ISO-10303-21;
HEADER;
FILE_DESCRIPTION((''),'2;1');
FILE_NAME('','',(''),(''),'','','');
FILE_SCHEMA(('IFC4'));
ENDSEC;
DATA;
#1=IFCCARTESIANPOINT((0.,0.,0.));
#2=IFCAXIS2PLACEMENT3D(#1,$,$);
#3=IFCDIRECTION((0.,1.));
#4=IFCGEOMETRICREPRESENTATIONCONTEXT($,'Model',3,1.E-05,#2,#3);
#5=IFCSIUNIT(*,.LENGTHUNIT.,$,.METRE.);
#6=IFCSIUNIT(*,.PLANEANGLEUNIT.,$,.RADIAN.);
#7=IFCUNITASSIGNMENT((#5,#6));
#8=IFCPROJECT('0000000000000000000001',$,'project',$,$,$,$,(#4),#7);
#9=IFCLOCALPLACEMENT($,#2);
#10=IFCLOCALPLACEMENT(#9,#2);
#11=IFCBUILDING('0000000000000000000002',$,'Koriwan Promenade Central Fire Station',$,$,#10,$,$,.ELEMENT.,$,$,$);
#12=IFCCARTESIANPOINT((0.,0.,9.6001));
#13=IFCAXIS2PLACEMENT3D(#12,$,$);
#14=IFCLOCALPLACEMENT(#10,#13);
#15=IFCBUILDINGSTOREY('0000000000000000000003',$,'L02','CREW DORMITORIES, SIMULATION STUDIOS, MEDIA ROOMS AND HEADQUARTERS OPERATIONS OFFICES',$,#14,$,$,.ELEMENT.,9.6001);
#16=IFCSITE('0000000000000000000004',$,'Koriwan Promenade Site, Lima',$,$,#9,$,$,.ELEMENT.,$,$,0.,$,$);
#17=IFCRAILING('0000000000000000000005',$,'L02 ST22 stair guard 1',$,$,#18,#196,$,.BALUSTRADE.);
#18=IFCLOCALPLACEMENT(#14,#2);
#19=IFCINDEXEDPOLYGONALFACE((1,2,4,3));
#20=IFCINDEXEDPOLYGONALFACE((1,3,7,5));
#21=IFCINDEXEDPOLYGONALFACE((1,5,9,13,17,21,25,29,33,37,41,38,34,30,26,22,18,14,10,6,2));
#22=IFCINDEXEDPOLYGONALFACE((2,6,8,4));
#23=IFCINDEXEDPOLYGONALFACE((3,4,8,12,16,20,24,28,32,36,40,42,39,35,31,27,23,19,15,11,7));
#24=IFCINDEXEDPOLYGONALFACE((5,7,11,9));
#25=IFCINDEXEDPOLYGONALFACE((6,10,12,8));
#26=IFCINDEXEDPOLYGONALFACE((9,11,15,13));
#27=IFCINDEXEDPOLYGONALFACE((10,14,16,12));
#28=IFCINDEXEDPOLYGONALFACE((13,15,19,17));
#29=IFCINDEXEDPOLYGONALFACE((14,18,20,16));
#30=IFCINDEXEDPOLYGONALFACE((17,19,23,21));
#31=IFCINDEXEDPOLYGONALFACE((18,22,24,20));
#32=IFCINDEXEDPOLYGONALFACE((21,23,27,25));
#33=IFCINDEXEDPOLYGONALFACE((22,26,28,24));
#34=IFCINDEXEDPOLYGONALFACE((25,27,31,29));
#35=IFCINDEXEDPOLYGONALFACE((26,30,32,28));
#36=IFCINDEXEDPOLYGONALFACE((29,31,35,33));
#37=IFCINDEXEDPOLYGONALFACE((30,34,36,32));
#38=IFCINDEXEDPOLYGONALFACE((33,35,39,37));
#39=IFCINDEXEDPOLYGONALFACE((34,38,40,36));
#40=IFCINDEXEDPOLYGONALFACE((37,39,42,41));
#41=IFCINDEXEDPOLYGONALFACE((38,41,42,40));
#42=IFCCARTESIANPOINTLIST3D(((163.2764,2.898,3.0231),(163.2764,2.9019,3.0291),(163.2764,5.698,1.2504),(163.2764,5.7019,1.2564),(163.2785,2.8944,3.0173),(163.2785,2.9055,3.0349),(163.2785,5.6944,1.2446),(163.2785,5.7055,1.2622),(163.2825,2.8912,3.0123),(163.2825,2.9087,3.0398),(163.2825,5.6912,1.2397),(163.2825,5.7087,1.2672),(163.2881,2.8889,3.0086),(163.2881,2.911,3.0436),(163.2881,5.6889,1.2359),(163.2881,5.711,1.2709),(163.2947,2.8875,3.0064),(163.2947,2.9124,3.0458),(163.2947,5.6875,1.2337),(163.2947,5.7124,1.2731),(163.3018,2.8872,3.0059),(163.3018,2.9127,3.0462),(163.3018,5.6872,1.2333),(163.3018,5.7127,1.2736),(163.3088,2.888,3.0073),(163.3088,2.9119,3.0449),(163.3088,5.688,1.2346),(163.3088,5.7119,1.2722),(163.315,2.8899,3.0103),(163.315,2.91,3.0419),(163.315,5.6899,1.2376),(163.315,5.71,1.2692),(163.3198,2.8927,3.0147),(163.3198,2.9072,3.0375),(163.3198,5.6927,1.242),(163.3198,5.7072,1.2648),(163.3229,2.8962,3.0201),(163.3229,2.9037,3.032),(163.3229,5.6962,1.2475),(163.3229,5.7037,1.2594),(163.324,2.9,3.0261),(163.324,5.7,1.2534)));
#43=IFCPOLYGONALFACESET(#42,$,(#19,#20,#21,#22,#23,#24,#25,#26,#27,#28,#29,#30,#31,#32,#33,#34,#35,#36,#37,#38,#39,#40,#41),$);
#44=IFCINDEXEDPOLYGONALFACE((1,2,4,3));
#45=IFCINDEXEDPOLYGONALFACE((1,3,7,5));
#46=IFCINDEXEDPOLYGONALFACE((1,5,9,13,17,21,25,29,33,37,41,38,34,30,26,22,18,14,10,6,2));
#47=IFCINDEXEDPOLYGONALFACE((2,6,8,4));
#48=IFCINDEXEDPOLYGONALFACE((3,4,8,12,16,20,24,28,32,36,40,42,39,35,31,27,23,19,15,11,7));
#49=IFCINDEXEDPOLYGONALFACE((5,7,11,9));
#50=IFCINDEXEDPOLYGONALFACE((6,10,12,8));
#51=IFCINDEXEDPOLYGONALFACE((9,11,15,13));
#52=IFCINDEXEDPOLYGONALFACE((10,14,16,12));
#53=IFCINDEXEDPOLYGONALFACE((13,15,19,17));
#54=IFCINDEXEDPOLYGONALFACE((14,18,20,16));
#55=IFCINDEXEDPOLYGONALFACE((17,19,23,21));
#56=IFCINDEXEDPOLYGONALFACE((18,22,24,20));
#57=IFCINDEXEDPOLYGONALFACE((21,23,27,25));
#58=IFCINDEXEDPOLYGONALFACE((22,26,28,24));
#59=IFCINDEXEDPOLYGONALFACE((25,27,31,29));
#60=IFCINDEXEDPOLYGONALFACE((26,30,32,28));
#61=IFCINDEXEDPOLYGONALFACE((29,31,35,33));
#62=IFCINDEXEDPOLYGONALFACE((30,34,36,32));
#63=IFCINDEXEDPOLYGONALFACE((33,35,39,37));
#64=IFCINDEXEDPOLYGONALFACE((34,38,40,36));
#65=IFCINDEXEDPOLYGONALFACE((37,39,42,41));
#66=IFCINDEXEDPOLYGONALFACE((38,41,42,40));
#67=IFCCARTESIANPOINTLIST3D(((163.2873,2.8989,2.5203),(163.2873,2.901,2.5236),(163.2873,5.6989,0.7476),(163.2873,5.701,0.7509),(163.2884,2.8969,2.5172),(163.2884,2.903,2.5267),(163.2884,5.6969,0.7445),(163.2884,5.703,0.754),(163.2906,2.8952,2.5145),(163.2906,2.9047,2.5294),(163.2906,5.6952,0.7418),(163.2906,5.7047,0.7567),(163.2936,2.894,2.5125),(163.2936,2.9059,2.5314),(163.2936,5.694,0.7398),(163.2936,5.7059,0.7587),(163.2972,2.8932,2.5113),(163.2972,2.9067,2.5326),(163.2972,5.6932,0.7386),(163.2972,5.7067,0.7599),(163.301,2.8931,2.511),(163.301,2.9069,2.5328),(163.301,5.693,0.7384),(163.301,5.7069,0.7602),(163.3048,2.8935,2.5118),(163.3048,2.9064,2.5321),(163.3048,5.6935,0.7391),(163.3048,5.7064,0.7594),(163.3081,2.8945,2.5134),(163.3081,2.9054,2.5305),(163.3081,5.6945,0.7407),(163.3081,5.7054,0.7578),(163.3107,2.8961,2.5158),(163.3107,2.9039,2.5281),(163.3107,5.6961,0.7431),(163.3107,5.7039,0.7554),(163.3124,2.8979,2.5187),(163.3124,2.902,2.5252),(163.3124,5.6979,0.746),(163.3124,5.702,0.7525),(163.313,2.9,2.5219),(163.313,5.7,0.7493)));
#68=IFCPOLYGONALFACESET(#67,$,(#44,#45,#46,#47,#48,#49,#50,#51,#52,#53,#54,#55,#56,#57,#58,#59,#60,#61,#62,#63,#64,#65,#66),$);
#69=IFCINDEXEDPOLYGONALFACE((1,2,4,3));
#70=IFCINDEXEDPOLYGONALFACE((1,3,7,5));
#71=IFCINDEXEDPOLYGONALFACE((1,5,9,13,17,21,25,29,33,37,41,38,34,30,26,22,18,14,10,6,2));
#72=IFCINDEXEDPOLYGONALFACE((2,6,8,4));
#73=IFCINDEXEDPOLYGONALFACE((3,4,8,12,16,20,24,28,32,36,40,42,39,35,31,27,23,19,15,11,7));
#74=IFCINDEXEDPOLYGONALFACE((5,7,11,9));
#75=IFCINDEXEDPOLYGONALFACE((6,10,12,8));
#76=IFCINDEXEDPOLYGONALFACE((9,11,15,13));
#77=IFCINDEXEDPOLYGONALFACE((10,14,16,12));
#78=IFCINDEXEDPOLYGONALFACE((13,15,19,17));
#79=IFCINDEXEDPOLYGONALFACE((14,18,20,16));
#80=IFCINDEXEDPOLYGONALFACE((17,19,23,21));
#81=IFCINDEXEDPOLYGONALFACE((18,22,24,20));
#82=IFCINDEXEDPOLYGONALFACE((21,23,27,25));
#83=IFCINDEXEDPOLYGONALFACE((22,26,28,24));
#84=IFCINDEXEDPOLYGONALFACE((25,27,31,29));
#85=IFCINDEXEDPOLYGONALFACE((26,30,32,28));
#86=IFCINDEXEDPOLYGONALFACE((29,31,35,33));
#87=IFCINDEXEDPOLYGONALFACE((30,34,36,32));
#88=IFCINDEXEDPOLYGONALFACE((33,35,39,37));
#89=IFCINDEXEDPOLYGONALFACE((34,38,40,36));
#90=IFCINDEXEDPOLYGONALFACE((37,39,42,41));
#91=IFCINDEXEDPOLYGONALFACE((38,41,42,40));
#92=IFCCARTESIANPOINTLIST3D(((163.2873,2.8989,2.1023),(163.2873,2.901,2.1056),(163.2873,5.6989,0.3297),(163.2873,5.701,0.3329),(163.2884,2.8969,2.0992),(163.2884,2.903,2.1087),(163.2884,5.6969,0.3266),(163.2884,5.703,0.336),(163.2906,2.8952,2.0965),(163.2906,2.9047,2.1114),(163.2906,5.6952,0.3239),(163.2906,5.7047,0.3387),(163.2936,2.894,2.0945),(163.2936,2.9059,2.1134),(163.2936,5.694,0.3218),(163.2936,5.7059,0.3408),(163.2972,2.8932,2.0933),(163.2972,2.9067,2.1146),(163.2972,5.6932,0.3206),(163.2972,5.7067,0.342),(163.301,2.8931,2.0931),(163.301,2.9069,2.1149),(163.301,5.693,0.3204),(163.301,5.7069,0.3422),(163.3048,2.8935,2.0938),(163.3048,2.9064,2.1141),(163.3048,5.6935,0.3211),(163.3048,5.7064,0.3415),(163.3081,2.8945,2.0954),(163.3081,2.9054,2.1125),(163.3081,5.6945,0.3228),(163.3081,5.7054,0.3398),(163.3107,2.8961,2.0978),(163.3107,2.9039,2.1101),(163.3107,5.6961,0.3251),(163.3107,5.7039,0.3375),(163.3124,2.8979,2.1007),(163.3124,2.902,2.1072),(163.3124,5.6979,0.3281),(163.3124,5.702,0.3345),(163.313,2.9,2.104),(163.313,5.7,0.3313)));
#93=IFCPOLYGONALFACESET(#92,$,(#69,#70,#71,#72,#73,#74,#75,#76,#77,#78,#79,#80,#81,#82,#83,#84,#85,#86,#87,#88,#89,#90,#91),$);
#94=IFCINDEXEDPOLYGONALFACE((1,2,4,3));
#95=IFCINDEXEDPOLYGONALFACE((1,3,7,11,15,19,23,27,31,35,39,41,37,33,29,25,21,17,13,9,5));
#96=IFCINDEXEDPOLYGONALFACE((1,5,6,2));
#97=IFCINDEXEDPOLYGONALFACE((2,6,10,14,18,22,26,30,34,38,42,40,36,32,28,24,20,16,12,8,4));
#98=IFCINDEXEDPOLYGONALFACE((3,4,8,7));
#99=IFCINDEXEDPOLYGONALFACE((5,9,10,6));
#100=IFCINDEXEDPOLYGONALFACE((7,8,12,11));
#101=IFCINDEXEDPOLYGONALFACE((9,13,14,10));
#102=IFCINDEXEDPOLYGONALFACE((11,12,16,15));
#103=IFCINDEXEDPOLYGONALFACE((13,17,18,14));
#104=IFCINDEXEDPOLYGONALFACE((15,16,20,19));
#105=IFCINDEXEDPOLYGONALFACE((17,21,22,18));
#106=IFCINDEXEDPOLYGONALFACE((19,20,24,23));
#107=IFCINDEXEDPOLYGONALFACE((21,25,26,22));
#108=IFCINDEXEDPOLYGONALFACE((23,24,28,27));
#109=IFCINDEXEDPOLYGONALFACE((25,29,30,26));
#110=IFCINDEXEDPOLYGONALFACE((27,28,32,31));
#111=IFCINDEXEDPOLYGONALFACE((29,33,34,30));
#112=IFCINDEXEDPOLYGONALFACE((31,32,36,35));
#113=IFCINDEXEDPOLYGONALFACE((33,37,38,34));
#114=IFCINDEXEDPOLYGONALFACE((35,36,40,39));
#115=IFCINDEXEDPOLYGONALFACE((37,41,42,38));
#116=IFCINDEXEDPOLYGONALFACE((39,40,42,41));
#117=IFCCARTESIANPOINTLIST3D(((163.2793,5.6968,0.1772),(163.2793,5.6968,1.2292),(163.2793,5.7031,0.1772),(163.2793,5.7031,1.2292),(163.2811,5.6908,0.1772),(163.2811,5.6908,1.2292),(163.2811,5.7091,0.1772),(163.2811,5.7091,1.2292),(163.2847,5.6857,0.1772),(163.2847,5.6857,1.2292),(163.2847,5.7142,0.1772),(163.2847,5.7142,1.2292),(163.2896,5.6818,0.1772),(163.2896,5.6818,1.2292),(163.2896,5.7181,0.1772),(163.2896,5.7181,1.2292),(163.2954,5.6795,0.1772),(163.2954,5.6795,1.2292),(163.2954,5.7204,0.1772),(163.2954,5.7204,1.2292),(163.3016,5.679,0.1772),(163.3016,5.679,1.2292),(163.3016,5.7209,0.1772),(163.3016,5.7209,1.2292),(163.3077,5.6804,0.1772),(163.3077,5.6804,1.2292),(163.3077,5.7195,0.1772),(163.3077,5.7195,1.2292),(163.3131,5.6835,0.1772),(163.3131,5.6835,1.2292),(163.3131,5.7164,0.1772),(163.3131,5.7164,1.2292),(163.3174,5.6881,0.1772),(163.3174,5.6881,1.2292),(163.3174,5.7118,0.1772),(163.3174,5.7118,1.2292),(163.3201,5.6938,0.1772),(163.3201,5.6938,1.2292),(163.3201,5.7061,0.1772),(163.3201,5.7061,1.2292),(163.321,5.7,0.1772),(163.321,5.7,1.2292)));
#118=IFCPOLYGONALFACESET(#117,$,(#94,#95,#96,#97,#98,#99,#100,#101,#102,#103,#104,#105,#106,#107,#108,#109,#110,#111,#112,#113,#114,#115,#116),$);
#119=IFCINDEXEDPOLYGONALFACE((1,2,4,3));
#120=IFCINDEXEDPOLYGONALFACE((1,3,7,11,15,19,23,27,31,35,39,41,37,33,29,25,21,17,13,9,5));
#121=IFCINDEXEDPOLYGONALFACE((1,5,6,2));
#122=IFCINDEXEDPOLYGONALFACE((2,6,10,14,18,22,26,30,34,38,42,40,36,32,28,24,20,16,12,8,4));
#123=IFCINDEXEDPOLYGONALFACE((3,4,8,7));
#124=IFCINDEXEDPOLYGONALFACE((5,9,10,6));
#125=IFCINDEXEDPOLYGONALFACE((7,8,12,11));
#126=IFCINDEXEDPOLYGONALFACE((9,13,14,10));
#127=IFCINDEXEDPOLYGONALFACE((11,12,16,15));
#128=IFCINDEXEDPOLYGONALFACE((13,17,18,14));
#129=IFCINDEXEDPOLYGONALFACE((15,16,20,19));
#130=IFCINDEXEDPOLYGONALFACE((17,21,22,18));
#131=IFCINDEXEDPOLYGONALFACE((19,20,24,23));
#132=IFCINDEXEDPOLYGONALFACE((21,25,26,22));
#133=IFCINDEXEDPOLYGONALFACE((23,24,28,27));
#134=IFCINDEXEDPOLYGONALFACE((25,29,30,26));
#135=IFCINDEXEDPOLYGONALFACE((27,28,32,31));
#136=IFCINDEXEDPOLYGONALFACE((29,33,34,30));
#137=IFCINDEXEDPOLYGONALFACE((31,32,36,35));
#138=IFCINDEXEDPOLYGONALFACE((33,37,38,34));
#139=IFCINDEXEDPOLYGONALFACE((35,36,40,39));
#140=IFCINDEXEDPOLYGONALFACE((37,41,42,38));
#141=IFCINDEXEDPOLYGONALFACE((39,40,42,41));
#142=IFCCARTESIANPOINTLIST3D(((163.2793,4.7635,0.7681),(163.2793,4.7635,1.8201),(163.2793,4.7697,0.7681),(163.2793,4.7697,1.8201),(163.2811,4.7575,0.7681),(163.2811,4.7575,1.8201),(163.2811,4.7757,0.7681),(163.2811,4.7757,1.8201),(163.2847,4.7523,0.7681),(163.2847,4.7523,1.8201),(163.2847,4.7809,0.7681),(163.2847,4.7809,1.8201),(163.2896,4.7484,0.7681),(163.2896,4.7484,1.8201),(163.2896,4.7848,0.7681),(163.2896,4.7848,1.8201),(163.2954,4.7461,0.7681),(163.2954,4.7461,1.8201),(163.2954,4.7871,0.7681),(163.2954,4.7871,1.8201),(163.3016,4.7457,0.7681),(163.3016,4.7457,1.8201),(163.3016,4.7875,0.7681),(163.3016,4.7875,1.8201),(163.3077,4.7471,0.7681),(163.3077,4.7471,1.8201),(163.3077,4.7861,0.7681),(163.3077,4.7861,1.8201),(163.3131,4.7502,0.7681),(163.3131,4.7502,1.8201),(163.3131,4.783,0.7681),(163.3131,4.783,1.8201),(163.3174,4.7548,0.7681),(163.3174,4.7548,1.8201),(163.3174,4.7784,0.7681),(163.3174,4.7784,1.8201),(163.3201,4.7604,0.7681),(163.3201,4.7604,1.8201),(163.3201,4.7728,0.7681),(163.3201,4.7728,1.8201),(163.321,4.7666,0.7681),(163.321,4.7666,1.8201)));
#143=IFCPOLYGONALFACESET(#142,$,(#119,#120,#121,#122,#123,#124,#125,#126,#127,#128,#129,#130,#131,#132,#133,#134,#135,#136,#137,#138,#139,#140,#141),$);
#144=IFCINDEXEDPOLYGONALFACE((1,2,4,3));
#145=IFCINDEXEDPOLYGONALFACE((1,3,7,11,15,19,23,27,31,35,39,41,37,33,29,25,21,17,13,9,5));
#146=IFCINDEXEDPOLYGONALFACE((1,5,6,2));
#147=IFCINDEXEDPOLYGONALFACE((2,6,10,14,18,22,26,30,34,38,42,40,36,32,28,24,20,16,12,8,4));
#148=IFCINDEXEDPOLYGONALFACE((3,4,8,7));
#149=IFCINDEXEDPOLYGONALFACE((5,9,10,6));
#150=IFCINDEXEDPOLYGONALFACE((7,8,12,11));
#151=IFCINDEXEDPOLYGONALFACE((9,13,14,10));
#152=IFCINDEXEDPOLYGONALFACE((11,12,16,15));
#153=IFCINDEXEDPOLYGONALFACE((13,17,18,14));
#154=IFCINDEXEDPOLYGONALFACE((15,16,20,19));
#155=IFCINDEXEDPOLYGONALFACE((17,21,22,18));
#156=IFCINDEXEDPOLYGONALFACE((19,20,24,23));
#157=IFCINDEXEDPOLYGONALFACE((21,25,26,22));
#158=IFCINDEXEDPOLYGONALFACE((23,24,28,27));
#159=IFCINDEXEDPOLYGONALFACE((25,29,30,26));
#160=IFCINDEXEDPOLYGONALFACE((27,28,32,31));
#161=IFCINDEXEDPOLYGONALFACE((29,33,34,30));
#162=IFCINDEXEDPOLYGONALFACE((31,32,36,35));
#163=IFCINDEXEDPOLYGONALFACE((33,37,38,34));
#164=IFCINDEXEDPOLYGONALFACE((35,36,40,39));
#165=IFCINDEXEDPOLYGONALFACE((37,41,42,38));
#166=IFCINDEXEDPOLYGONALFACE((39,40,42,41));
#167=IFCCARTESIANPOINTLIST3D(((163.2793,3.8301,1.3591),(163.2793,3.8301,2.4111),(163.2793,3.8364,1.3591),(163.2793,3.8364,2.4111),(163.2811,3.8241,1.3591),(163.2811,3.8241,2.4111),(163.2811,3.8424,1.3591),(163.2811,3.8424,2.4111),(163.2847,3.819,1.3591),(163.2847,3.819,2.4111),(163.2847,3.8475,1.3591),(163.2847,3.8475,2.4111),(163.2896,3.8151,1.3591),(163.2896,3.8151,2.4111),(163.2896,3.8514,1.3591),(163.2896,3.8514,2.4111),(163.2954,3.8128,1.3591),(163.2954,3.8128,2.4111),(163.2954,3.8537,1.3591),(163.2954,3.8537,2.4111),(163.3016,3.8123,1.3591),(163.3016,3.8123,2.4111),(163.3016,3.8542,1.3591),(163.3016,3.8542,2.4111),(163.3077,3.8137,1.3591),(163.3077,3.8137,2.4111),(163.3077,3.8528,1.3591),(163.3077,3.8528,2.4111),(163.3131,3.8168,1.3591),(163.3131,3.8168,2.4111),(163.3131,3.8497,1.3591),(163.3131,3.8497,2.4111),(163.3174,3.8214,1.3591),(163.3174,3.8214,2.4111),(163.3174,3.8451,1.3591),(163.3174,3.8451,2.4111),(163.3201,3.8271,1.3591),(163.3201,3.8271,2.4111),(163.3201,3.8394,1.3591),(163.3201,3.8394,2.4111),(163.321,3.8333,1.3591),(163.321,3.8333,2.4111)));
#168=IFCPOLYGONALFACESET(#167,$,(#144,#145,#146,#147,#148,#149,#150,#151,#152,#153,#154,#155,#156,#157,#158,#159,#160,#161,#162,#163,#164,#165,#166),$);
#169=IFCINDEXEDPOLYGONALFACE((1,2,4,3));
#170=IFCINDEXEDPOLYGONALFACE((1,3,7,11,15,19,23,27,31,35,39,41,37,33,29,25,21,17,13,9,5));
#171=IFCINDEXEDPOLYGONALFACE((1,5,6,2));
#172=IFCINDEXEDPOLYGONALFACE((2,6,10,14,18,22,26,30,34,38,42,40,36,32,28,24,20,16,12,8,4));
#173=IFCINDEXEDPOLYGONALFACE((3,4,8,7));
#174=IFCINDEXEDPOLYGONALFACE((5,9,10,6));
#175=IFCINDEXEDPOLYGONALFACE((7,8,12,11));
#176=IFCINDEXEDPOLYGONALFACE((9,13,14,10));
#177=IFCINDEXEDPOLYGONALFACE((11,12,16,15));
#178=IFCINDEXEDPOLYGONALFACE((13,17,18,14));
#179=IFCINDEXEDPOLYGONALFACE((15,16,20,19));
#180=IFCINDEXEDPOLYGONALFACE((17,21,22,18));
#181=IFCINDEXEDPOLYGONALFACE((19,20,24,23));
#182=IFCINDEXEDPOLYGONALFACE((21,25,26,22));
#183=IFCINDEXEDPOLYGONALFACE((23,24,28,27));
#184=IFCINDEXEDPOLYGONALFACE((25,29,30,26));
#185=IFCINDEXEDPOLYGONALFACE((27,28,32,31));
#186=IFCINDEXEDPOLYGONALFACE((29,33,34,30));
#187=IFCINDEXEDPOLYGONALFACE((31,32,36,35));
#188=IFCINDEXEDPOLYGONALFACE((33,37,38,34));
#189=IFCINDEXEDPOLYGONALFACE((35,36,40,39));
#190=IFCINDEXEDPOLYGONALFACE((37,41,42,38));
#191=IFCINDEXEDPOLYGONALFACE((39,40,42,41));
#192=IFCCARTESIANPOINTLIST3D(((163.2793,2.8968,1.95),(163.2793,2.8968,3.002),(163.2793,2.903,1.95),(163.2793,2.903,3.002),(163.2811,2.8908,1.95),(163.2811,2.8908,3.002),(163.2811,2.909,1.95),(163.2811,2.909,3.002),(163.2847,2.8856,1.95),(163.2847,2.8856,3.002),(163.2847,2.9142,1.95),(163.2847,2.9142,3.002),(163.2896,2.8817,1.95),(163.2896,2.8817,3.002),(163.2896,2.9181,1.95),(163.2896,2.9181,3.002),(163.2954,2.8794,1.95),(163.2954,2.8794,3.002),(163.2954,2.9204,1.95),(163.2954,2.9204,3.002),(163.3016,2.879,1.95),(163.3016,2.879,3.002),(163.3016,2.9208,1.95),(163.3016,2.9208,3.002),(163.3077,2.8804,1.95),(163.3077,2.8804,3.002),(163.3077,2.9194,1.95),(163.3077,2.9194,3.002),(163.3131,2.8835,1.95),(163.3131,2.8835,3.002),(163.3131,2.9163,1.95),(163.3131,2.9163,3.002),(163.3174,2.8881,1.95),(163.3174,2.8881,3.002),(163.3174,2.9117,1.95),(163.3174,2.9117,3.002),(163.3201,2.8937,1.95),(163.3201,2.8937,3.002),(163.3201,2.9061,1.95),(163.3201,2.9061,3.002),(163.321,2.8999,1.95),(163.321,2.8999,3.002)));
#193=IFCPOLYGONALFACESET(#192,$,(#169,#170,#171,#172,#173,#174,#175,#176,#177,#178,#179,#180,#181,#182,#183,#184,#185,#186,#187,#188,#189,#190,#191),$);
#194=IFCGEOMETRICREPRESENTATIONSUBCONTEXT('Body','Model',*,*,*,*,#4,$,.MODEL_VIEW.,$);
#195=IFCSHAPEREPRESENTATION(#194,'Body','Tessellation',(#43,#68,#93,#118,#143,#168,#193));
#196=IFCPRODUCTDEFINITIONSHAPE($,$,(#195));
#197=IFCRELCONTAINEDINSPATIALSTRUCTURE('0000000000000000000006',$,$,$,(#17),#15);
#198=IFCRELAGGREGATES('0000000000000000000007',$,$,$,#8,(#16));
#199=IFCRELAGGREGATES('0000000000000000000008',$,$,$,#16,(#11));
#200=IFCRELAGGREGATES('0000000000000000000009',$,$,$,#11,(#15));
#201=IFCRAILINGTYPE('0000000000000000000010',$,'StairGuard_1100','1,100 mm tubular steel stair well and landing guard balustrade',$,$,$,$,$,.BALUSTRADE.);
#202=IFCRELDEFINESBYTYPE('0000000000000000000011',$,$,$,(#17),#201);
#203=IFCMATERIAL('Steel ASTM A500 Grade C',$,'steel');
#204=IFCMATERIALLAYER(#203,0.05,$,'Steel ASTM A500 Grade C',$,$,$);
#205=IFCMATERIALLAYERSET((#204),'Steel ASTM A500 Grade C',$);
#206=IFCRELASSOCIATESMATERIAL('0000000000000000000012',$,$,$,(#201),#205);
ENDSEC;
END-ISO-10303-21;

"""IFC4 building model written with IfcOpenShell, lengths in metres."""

from ifc_helpers import new_model, si_unit, direction, frame, origin, origin_2d, place, context, subcontext, project, spatial, circle, extrude, material, layer, layer_set, type_object, element, save


model = new_model("IFC4")

# Units and contexts
model_context = context("Model", 3, precision=1e-05, world=origin(), true_north=direction((0.0, 1.0)))
body_context = subcontext(model_context, "Body", "Model", "MODEL_VIEW")
ifc_project = project(units=[si_unit("LENGTHUNIT", "METRE"), si_unit("PLANEANGLEUNIT", "RADIAN")], contexts=[model_context])

# Site, building, storey
site_placement = place(None, origin())
site = spatial("IfcSite", under=ifc_project, at=site_placement, Name="Koriwan Promenade Site, Lima", CompositionType="ELEMENT", RefElevation=0.0)
building_placement = place(site_placement, origin())
building = spatial("IfcBuilding", under=site, at=building_placement, Name="Koriwan Promenade Central Fire Station", CompositionType="ELEMENT")
storey_placement = place(building_placement, frame((0.0, 0.0, 9.6001)))
storey = spatial("IfcBuildingStorey", under=building, at=storey_placement, Name="L02", Description="CREW DORMITORIES, SIMULATION STUDIOS, MEDIA ROOMS AND HEADQUARTERS OPERATIONS OFFICES", CompositionType="ELEMENT", Elevation=9.6001)

# Railing
ifc_material_1 = material(Name="Steel ASTM A500 Grade C", Category="steel")
ifc_layer_1 = layer(ifc_material_1, 0.05, Name="Steel ASTM A500 Grade C")
ifc_layer_set_1 = layer_set([ifc_layer_1], Name="Steel ASTM A500 Grade C")
railing_type_1 = type_object("IfcRailingType", Name="StairGuard_1100", Description="1,100 mm tubular steel stair well and landing guard balustrade", PredefinedType="BALUSTRADE", material=ifc_layer_set_1)
railing_1_placement = place(storey_placement, frame((163.3, 5.7, 0.1772)))
element("IfcRailing", 1, at=railing_1_placement, inside=storey, type_object=railing_type_1, Name="L02 ST22 stair guard 1", PredefinedType="BALUSTRADE", context=body_context, shape_type="SweptSolid", body=[
    extrude(circle(Radius=0.0239, at=origin_2d()), frame((0.0, 0.0, 1.0762), z_axis=(0.0, -0.844909, 0.53491), x_axis=(1.0, 0.0, 0.0)), (0.0, 0.0, 1.0), 3.314),
    extrude(circle(Radius=0.0129, at=origin_2d()), frame((0.0, 0.0, 0.572), z_axis=(0.0, -0.844909, 0.53491), x_axis=(1.0, 0.0, 0.0)), (0.0, 0.0, 1.0), 3.314),
    extrude(circle(Radius=0.0129, at=origin_2d()), frame((0.0, 0.0, 0.1541), z_axis=(0.0, -0.844909, 0.53491), x_axis=(1.0, 0.0, 0.0)), (0.0, 0.0, 1.0), 3.314),
    extrude(circle(Radius=0.021, at=origin_2d()), origin(), (0.0, 0.0, 1.0), 1.052),
    extrude(circle(Radius=0.021, at=origin_2d()), frame((0.0, -0.9333, 0.5908)), (0.0, 0.0, 1.0), 1.052),
    extrude(circle(Radius=0.021, at=origin_2d()), frame((0.0, -1.8667, 1.1819)), (0.0, 0.0, 1.0), 1.052),
    extrude(circle(Radius=0.021, at=origin_2d()), frame((0.0, -2.8, 1.7727)), (0.0, 0.0, 1.0), 1.052),
])

save(model, "model.ifc")
